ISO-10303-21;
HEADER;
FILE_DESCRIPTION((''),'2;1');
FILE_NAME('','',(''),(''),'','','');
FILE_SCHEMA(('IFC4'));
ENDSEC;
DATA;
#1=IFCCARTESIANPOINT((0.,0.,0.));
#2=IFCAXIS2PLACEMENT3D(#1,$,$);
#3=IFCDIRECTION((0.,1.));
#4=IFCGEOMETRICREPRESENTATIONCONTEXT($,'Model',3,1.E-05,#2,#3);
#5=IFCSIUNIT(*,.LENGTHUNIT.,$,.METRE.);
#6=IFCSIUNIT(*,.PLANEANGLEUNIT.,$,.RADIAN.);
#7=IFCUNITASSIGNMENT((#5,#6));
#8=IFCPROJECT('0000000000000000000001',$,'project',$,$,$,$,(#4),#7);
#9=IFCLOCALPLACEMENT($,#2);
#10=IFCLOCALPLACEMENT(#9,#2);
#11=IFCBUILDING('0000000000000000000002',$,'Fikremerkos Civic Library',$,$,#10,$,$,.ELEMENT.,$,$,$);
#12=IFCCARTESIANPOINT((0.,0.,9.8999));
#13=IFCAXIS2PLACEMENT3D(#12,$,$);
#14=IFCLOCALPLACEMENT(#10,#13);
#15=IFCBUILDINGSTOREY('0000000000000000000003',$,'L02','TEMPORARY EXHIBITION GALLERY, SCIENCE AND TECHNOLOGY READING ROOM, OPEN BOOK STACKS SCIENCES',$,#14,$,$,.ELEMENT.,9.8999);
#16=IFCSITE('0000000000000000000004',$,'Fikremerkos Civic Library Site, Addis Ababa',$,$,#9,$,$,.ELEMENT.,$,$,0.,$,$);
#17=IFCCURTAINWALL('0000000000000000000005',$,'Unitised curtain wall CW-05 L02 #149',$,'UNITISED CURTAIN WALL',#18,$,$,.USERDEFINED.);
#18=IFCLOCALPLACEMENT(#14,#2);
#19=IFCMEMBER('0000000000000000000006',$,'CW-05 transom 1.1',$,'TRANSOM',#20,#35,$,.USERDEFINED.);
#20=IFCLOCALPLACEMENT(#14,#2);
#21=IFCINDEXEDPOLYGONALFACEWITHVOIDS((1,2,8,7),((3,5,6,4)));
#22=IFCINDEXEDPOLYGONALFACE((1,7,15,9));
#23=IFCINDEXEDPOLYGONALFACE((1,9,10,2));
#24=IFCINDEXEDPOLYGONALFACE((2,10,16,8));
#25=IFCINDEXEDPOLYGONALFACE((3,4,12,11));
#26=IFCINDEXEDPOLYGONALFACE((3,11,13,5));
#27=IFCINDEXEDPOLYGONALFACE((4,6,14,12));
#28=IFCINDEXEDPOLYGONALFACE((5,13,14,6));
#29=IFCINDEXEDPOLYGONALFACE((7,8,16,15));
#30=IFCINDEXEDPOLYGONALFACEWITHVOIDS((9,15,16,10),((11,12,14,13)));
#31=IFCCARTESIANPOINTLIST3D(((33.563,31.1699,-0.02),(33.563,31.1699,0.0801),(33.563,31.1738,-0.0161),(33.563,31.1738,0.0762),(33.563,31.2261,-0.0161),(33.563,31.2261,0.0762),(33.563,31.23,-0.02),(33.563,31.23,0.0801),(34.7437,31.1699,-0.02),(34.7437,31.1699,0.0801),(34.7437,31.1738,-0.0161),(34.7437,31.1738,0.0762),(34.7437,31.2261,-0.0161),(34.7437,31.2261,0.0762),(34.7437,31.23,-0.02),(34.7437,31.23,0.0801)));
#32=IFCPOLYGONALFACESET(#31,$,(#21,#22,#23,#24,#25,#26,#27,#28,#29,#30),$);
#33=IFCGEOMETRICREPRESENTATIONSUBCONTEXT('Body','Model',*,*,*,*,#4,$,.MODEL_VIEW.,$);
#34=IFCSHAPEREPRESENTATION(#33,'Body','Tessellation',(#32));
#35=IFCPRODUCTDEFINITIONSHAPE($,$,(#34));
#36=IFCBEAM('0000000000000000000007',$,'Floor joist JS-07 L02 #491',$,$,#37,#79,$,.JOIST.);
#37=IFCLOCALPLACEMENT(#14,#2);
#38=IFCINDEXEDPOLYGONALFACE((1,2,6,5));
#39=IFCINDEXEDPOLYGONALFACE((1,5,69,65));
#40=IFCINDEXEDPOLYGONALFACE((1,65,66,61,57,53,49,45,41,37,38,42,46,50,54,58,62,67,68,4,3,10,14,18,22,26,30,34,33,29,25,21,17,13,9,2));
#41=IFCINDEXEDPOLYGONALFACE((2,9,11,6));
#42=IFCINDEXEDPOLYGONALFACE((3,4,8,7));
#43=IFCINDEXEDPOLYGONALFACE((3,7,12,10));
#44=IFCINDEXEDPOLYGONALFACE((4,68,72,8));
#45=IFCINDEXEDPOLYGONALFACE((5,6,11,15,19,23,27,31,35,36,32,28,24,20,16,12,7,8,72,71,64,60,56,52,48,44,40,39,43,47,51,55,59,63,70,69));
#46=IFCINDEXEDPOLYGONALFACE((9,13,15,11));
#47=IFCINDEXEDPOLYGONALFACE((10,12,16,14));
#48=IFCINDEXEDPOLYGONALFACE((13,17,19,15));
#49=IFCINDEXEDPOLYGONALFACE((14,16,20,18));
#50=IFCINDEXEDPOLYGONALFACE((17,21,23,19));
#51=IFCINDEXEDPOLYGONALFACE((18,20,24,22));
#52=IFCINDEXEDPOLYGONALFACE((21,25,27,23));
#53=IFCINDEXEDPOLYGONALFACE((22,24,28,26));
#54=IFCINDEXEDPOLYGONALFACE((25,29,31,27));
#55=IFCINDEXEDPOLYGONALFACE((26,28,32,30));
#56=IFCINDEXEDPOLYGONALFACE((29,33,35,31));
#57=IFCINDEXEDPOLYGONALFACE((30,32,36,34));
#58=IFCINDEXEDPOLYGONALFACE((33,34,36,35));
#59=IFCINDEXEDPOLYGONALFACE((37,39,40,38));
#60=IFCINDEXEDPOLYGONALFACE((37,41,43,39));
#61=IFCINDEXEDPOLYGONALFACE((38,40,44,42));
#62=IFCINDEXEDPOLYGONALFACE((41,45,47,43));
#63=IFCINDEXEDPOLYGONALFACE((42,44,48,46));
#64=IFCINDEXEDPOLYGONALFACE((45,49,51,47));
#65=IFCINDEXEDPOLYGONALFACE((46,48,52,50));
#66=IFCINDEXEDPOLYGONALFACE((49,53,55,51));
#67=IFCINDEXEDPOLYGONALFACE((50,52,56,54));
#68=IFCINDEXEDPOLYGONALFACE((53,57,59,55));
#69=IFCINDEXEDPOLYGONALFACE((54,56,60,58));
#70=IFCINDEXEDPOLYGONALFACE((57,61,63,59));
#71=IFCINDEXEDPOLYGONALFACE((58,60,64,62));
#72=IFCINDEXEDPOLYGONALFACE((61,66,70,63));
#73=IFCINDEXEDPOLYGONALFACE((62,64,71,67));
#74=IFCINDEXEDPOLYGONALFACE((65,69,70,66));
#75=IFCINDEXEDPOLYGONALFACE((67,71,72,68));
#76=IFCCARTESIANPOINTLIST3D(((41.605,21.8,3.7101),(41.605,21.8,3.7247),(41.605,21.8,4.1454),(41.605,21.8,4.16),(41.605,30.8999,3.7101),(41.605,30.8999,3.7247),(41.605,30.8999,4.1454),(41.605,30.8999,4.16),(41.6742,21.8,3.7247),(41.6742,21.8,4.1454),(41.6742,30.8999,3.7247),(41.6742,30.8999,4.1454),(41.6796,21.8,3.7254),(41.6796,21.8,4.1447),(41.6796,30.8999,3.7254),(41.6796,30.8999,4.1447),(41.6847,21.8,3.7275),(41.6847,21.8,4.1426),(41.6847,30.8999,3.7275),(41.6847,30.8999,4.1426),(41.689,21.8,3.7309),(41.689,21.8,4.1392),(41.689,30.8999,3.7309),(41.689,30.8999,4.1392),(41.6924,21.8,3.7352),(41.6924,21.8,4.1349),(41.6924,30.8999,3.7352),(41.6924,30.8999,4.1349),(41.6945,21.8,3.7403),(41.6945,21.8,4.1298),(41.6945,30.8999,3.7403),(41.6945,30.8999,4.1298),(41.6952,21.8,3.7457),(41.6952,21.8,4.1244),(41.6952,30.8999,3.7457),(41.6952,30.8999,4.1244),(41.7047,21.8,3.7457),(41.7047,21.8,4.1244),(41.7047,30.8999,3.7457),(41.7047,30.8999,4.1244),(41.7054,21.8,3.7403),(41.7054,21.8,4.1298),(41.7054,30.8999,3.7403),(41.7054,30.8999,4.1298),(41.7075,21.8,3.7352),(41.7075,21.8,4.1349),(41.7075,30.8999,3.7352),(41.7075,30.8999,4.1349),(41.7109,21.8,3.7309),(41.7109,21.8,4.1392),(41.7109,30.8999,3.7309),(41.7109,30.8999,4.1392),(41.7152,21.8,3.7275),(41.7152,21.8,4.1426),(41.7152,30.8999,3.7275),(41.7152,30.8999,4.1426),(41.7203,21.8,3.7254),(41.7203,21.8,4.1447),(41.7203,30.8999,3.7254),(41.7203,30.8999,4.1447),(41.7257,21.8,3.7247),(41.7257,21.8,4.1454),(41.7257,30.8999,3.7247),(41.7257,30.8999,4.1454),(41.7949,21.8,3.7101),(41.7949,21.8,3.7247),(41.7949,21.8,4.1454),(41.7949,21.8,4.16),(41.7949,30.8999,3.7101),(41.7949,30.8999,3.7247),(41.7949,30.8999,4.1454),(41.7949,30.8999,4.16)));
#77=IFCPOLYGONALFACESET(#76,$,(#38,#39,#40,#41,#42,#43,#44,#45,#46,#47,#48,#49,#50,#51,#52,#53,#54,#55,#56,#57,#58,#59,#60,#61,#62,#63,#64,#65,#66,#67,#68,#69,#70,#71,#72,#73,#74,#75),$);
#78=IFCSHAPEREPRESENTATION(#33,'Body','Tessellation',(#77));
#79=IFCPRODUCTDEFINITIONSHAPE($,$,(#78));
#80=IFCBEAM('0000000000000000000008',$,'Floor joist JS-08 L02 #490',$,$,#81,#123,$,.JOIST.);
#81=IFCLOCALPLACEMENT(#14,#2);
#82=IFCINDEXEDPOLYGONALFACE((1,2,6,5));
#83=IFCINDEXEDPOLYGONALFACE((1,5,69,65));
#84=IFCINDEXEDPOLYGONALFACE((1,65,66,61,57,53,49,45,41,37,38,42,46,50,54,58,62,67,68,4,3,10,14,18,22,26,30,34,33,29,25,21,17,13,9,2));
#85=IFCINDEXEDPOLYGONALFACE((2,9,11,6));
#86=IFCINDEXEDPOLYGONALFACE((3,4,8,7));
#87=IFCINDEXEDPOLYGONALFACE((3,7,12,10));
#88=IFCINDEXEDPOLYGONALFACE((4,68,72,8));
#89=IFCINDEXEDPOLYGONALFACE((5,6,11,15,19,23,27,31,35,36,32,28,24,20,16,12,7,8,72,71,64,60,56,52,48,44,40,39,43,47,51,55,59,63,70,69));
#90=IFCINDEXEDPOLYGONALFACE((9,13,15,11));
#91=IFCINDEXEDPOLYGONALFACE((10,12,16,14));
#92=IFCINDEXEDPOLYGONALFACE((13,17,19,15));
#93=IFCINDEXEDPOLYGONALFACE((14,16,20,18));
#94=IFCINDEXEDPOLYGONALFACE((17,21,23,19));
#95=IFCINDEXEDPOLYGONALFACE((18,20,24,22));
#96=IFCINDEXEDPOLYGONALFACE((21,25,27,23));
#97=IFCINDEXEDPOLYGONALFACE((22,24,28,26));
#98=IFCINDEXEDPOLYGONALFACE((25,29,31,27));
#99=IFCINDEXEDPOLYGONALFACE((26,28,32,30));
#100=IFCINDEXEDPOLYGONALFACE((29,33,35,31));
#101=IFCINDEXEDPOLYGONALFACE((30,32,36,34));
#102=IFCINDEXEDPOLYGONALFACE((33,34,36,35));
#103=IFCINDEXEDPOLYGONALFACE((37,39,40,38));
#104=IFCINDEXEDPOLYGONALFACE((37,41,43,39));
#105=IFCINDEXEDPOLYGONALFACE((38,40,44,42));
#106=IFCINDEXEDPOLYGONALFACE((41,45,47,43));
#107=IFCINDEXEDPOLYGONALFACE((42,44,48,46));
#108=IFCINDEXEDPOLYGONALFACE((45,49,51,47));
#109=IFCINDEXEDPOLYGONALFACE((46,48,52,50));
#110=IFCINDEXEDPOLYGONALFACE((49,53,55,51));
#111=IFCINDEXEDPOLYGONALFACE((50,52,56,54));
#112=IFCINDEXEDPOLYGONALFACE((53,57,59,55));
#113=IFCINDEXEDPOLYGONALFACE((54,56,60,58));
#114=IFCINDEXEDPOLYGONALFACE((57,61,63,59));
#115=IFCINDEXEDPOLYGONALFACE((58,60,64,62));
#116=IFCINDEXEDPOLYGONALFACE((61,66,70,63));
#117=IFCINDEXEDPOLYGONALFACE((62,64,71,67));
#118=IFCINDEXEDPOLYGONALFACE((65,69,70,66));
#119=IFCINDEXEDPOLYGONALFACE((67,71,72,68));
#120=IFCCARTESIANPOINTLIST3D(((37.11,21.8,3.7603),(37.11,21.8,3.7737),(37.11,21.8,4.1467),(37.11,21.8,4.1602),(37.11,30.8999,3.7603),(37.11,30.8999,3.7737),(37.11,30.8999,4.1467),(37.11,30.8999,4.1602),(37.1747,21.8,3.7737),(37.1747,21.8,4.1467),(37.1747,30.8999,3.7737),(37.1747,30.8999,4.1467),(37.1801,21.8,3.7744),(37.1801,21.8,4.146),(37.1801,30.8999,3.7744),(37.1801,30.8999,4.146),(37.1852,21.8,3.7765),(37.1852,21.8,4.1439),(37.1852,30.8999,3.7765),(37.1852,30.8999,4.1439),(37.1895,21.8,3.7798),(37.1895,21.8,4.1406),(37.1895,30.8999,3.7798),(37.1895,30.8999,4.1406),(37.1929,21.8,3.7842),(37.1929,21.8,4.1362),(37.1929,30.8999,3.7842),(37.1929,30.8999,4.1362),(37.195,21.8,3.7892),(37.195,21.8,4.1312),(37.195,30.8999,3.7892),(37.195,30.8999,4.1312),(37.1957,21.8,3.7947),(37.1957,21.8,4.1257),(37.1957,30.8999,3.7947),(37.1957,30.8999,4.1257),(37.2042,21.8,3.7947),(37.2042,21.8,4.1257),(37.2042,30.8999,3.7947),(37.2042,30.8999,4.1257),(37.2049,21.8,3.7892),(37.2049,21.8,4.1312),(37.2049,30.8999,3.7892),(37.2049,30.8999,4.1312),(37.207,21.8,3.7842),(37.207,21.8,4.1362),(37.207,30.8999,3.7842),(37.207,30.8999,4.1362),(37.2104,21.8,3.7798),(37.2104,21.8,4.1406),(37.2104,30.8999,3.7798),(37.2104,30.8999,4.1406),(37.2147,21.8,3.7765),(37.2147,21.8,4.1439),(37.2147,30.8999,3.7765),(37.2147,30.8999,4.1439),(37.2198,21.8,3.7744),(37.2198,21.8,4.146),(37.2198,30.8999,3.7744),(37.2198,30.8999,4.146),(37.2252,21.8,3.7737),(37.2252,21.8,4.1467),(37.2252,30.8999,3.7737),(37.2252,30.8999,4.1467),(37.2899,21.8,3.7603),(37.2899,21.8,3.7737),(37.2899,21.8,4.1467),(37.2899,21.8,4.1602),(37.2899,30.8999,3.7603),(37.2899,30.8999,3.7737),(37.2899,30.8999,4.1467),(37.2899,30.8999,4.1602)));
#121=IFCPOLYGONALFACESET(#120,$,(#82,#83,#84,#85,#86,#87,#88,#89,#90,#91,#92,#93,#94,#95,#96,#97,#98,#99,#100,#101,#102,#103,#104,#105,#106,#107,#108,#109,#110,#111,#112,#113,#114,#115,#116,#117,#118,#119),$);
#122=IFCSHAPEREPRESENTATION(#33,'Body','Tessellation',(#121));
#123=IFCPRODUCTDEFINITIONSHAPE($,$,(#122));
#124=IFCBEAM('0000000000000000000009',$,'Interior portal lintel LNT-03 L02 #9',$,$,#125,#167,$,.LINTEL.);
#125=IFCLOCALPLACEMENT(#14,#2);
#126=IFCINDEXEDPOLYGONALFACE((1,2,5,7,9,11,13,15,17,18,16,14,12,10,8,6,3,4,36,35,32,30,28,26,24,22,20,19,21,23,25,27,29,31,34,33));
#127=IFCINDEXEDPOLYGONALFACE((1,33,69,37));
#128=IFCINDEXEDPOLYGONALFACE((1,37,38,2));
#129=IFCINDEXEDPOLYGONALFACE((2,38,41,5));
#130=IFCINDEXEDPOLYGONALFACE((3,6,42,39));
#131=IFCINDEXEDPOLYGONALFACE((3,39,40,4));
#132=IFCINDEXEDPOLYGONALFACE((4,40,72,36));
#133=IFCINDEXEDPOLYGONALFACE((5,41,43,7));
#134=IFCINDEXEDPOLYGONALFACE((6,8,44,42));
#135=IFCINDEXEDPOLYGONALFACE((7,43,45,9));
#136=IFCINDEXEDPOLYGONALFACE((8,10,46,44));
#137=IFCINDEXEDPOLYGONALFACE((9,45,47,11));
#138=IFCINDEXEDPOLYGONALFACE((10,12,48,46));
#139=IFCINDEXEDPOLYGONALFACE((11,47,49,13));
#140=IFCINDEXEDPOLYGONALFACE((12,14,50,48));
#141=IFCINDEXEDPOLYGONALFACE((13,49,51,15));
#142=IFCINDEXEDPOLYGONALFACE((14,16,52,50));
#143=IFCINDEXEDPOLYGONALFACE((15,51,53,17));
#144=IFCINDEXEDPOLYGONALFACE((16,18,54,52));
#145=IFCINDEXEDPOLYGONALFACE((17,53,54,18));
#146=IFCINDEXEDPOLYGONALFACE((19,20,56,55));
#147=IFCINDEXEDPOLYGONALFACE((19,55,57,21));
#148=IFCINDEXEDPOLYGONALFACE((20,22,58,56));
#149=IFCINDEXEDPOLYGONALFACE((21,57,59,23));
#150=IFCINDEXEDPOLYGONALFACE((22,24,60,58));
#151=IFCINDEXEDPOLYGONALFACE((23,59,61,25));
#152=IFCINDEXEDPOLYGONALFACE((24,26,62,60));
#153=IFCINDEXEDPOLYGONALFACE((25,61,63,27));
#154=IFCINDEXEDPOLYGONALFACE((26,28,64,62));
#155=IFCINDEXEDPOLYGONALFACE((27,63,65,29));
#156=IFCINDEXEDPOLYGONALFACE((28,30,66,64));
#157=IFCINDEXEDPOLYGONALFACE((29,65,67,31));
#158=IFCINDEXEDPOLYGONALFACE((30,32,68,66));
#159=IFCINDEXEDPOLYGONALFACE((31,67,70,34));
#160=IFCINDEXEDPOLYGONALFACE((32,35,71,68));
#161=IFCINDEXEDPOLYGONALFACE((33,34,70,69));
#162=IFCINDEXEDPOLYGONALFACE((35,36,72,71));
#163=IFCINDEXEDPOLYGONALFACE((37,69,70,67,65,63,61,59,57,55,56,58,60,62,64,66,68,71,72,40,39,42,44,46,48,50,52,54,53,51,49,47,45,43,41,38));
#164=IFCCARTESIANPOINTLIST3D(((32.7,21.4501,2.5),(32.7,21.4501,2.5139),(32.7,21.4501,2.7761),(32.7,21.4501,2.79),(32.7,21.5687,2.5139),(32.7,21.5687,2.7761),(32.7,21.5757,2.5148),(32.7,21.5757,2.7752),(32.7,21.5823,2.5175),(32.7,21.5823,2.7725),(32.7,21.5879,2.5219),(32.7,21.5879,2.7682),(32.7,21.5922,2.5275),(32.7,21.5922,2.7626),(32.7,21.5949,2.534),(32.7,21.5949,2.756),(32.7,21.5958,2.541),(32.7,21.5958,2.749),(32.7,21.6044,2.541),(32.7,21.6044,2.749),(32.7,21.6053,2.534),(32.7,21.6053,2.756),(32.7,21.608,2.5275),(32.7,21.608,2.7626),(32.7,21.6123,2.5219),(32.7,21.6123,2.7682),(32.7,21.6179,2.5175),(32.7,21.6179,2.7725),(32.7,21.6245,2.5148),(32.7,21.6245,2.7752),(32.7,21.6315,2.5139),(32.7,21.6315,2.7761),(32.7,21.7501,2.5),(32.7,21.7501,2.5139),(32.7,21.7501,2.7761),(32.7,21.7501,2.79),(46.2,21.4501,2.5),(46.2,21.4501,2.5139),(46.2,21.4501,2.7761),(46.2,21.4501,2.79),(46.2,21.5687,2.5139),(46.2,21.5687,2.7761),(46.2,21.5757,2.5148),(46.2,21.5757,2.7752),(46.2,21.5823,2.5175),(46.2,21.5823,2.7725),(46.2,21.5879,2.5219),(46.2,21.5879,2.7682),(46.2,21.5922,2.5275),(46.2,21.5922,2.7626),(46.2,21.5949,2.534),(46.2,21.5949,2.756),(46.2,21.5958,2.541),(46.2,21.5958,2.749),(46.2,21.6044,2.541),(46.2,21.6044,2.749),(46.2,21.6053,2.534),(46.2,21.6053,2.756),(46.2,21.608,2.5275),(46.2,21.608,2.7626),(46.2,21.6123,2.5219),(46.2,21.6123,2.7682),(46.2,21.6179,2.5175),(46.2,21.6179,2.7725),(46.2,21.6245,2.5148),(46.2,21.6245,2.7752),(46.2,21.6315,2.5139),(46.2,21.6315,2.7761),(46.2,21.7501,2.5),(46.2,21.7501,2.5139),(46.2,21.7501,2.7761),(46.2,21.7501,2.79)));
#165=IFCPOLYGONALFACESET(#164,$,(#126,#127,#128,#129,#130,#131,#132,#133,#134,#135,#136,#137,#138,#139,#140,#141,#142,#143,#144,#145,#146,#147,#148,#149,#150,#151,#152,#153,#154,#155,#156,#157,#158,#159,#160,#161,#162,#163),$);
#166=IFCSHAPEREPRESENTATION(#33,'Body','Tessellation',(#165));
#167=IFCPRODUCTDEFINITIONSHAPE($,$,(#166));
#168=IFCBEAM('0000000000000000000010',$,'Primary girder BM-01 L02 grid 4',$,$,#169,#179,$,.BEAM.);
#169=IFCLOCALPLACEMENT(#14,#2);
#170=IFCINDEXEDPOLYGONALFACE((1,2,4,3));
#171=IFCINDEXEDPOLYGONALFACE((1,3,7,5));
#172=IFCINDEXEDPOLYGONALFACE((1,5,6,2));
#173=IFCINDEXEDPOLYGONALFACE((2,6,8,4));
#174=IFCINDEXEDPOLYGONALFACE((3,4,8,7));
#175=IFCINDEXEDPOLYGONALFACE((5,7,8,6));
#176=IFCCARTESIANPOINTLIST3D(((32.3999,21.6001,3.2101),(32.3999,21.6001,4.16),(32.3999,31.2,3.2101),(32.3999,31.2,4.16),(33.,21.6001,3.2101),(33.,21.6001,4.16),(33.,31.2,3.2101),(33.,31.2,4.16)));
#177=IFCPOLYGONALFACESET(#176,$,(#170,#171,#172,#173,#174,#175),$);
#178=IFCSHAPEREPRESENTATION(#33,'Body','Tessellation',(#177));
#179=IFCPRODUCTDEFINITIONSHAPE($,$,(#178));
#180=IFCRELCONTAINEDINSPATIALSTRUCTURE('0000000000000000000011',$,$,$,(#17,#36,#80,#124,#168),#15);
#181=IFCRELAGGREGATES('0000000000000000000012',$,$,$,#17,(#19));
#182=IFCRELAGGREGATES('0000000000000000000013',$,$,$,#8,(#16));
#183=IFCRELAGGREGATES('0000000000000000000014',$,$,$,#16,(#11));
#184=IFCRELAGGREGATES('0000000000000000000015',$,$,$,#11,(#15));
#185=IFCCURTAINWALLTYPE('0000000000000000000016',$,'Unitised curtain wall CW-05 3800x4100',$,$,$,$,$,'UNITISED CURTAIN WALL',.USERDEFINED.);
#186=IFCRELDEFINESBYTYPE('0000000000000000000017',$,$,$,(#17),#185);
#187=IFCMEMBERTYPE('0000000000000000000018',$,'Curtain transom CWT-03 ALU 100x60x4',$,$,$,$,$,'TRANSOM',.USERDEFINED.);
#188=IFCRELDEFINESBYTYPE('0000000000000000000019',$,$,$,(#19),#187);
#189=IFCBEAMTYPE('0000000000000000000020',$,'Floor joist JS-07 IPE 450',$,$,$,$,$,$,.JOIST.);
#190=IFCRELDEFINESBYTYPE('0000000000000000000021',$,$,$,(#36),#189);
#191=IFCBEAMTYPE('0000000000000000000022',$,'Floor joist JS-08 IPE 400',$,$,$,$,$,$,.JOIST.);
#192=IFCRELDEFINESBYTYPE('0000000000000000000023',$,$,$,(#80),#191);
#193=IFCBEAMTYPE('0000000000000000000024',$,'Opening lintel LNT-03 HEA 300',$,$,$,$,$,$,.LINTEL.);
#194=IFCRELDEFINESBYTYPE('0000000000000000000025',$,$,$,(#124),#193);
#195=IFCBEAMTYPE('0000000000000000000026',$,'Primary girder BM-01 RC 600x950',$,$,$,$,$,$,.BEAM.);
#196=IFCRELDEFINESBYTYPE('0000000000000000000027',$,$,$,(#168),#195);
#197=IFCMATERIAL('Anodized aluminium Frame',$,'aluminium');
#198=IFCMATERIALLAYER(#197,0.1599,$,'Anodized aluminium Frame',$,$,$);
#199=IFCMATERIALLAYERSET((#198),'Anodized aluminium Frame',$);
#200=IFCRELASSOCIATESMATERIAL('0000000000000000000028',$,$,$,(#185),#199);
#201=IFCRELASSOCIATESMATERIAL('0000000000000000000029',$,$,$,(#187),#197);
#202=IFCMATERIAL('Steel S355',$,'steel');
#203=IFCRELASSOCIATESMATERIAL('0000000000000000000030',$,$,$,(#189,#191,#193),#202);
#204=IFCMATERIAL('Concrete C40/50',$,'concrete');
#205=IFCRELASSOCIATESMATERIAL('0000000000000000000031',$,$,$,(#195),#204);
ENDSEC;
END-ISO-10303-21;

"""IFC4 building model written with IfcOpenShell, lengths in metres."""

from ifc_helpers import new_model, si_unit, direction, frame, origin, origin_2d, place, context, subcontext, project, spatial, rectangle, hollow_rectangle, i_section, extrude, material, layer, layer_set, material_profile, profile_set, type_object, element, aggregate, save


model = new_model("IFC4")

# Units and contexts
model_context = context("Model", 3, precision=1e-05, world=origin(), true_north=direction((0.0, 1.0)))
body_context = subcontext(model_context, "Body", "Model", "MODEL_VIEW")
ifc_project = project(units=[si_unit("LENGTHUNIT", "METRE"), si_unit("PLANEANGLEUNIT", "RADIAN")], contexts=[model_context])

# Site, building, storey
site_placement = place(None, origin())
site = spatial("IfcSite", under=ifc_project, at=site_placement, Name="Fikremerkos Civic Library Site, Addis Ababa", CompositionType="ELEMENT", RefElevation=0.0)
building_placement = place(site_placement, origin())
building = spatial("IfcBuilding", under=site, at=building_placement, Name="Fikremerkos Civic Library", CompositionType="ELEMENT")
storey_placement = place(building_placement, frame((0.0, 0.0, 9.8999)))
storey = spatial("IfcBuildingStorey", under=building, at=storey_placement, Name="L02", Description="TEMPORARY EXHIBITION GALLERY, SCIENCE AND TECHNOLOGY READING ROOM, OPEN BOOK STACKS SCIENCES", CompositionType="ELEMENT", Elevation=9.8999)

# Shared definitions
ifc_material_1 = material(Name="Concrete C40/50", Category="concrete")
ifc_material_2 = material(Name="Steel S355", Category="steel")

# Curtain wall
ifc_material_3 = material(Name="Anodized aluminium Frame", Category="aluminium")
ifc_layer_1 = layer(ifc_material_3, 0.1599, Name="Anodized aluminium Frame")
ifc_layer_set_1 = layer_set([ifc_layer_1], Name="Anodized aluminium Frame")
curtain_wall_type_1 = type_object("IfcCurtainWallType", Name="Unitised curtain wall CW-05 3800x4100", ElementType="UNITISED CURTAIN WALL", PredefinedType="USERDEFINED", material=ifc_layer_set_1)
curtain_wall_1_placement = place(storey_placement, origin())
curtain_wall_1 = element("IfcCurtainWall", 1, at=curtain_wall_1_placement, inside=storey, type_object=curtain_wall_type_1, Name="Unitised curtain wall CW-05 L02 #149", ObjectType="UNITISED CURTAIN WALL", PredefinedType="USERDEFINED")

# Member
ifc_material_profile_1 = material_profile(ifc_material_3, hollow_rectangle(XDim=0.0601, YDim=0.1001, WallThickness=0.0039, at=origin_2d()), Name="ALU 100x60x4")
ifc_profile_set_1 = profile_set([ifc_material_profile_1], Name="Anodized aluminium Frame")
member_type_1 = type_object("IfcMemberType", Name="Curtain transom CWT-03 ALU 100x60x4", ElementType="TRANSOM", PredefinedType="USERDEFINED", material=ifc_profile_set_1)
member_1_placement = place(storey_placement, frame((33.563, 31.2, 0.03), z_axis=(1.0, 0.0, 0.0), x_axis=(0.0, 1.0, 0.0)))
member_1 = element("IfcMember", 2, at=member_1_placement, type_object=member_type_1, Name="CW-05 transom 1.1", ObjectType="TRANSOM", PredefinedType="USERDEFINED", context=body_context, shape_type="SweptSolid", body=[
    extrude(hollow_rectangle(XDim=0.0601, YDim=0.1001, WallThickness=0.0039, at=origin_2d()), origin(), (0.0, 0.0, 1.0), 1.1807),
])
aggregate(curtain_wall_1, [member_1])

# Beams
ifc_material_profile_2 = material_profile(ifc_material_2, i_section(OverallWidth=0.1899, OverallDepth=0.45, WebThickness=0.0095, FlangeThickness=0.0146, FilletRadius=0.021, at=origin_2d()), Name="IPE 450")
ifc_profile_set_2 = profile_set([ifc_material_profile_2], Name="Steel S355")
beam_type_1 = type_object("IfcBeamType", Name="Floor joist JS-07 IPE 450", PredefinedType="JOIST", material=ifc_profile_set_2)
beam_1_placement = place(storey_placement, frame((41.7, 21.8, 3.9351), z_axis=(0.0, 1.0, 0.0), x_axis=(-1.0, 0.0, 0.0)))
element("IfcBeam", 3, at=beam_1_placement, inside=storey, type_object=beam_type_1, Name="Floor joist JS-07 L02 #491", PredefinedType="JOIST", context=body_context, shape_type="SweptSolid", body=[
    extrude(i_section(OverallWidth=0.1899, OverallDepth=0.45, WebThickness=0.0095, FlangeThickness=0.0146, FilletRadius=0.021, at=origin_2d()), origin(), (0.0, 0.0, 1.0), 9.0999),
])
ifc_material_profile_3 = material_profile(ifc_material_2, i_section(OverallWidth=0.1799, OverallDepth=0.3999, WebThickness=0.0085, FlangeThickness=0.0134, FilletRadius=0.021, at=origin_2d()), Name="IPE 400")
ifc_profile_set_3 = profile_set([ifc_material_profile_3], Name="Steel S355")
beam_type_2 = type_object("IfcBeamType", Name="Floor joist JS-08 IPE 400", PredefinedType="JOIST", material=ifc_profile_set_3)
beam_2_placement = place(storey_placement, frame((37.2, 21.8, 3.9602), z_axis=(0.0, 1.0, 0.0), x_axis=(-1.0, 0.0, 0.0)))
element("IfcBeam", 4, at=beam_2_placement, inside=storey, type_object=beam_type_2, Name="Floor joist JS-08 L02 #490", PredefinedType="JOIST", context=body_context, shape_type="SweptSolid", body=[
    extrude(i_section(OverallWidth=0.1799, OverallDepth=0.3999, WebThickness=0.0085, FlangeThickness=0.0134, FilletRadius=0.021, at=origin_2d()), origin(), (0.0, 0.0, 1.0), 9.0999),
])
ifc_material_profile_4 = material_profile(ifc_material_2, i_section(OverallWidth=0.3, OverallDepth=0.29, WebThickness=0.0085, FlangeThickness=0.0139, FilletRadius=0.0271, at=origin_2d()), Name="HEA 300")
ifc_profile_set_4 = profile_set([ifc_material_profile_4], Name="Steel S355")
beam_type_3 = type_object("IfcBeamType", Name="Opening lintel LNT-03 HEA 300", PredefinedType="LINTEL", material=ifc_profile_set_4)
beam_3_placement = place(storey_placement, frame((32.7, 21.6001, 2.645), z_axis=(1.0, 0.0, 0.0), x_axis=(0.0, 1.0, 0.0)))
element("IfcBeam", 5, at=beam_3_placement, inside=storey, type_object=beam_type_3, Name="Interior portal lintel LNT-03 L02 #9", PredefinedType="LINTEL", context=body_context, shape_type="SweptSolid", body=[
    extrude(i_section(OverallWidth=0.3, OverallDepth=0.29, WebThickness=0.0085, FlangeThickness=0.0139, FilletRadius=0.0271, at=origin_2d()), origin(), (0.0, 0.0, 1.0), 13.5),
])
ifc_material_profile_5 = material_profile(ifc_material_1, rectangle(XDim=0.6001, YDim=0.95, at=origin_2d()), Name="RC 600x950")
ifc_profile_set_5 = profile_set([ifc_material_profile_5], Name="Concrete C40/50")
beam_type_4 = type_object("IfcBeamType", Name="Primary girder BM-01 RC 600x950", PredefinedType="BEAM", material=ifc_profile_set_5)
beam_4_placement = place(storey_placement, frame((32.7, 21.6001, 3.6851), z_axis=(0.0, 1.0, 0.0), x_axis=(-1.0, 0.0, 0.0)))
element("IfcBeam", 6, at=beam_4_placement, inside=storey, type_object=beam_type_4, Name="Primary girder BM-01 L02 grid 4", PredefinedType="BEAM", context=body_context, shape_type="SweptSolid", body=[
    extrude(rectangle(XDim=0.6001, YDim=0.95, at=origin_2d()), origin(), (0.0, 0.0, 1.0), 9.5999),
])

save(model, "model.ifc")
